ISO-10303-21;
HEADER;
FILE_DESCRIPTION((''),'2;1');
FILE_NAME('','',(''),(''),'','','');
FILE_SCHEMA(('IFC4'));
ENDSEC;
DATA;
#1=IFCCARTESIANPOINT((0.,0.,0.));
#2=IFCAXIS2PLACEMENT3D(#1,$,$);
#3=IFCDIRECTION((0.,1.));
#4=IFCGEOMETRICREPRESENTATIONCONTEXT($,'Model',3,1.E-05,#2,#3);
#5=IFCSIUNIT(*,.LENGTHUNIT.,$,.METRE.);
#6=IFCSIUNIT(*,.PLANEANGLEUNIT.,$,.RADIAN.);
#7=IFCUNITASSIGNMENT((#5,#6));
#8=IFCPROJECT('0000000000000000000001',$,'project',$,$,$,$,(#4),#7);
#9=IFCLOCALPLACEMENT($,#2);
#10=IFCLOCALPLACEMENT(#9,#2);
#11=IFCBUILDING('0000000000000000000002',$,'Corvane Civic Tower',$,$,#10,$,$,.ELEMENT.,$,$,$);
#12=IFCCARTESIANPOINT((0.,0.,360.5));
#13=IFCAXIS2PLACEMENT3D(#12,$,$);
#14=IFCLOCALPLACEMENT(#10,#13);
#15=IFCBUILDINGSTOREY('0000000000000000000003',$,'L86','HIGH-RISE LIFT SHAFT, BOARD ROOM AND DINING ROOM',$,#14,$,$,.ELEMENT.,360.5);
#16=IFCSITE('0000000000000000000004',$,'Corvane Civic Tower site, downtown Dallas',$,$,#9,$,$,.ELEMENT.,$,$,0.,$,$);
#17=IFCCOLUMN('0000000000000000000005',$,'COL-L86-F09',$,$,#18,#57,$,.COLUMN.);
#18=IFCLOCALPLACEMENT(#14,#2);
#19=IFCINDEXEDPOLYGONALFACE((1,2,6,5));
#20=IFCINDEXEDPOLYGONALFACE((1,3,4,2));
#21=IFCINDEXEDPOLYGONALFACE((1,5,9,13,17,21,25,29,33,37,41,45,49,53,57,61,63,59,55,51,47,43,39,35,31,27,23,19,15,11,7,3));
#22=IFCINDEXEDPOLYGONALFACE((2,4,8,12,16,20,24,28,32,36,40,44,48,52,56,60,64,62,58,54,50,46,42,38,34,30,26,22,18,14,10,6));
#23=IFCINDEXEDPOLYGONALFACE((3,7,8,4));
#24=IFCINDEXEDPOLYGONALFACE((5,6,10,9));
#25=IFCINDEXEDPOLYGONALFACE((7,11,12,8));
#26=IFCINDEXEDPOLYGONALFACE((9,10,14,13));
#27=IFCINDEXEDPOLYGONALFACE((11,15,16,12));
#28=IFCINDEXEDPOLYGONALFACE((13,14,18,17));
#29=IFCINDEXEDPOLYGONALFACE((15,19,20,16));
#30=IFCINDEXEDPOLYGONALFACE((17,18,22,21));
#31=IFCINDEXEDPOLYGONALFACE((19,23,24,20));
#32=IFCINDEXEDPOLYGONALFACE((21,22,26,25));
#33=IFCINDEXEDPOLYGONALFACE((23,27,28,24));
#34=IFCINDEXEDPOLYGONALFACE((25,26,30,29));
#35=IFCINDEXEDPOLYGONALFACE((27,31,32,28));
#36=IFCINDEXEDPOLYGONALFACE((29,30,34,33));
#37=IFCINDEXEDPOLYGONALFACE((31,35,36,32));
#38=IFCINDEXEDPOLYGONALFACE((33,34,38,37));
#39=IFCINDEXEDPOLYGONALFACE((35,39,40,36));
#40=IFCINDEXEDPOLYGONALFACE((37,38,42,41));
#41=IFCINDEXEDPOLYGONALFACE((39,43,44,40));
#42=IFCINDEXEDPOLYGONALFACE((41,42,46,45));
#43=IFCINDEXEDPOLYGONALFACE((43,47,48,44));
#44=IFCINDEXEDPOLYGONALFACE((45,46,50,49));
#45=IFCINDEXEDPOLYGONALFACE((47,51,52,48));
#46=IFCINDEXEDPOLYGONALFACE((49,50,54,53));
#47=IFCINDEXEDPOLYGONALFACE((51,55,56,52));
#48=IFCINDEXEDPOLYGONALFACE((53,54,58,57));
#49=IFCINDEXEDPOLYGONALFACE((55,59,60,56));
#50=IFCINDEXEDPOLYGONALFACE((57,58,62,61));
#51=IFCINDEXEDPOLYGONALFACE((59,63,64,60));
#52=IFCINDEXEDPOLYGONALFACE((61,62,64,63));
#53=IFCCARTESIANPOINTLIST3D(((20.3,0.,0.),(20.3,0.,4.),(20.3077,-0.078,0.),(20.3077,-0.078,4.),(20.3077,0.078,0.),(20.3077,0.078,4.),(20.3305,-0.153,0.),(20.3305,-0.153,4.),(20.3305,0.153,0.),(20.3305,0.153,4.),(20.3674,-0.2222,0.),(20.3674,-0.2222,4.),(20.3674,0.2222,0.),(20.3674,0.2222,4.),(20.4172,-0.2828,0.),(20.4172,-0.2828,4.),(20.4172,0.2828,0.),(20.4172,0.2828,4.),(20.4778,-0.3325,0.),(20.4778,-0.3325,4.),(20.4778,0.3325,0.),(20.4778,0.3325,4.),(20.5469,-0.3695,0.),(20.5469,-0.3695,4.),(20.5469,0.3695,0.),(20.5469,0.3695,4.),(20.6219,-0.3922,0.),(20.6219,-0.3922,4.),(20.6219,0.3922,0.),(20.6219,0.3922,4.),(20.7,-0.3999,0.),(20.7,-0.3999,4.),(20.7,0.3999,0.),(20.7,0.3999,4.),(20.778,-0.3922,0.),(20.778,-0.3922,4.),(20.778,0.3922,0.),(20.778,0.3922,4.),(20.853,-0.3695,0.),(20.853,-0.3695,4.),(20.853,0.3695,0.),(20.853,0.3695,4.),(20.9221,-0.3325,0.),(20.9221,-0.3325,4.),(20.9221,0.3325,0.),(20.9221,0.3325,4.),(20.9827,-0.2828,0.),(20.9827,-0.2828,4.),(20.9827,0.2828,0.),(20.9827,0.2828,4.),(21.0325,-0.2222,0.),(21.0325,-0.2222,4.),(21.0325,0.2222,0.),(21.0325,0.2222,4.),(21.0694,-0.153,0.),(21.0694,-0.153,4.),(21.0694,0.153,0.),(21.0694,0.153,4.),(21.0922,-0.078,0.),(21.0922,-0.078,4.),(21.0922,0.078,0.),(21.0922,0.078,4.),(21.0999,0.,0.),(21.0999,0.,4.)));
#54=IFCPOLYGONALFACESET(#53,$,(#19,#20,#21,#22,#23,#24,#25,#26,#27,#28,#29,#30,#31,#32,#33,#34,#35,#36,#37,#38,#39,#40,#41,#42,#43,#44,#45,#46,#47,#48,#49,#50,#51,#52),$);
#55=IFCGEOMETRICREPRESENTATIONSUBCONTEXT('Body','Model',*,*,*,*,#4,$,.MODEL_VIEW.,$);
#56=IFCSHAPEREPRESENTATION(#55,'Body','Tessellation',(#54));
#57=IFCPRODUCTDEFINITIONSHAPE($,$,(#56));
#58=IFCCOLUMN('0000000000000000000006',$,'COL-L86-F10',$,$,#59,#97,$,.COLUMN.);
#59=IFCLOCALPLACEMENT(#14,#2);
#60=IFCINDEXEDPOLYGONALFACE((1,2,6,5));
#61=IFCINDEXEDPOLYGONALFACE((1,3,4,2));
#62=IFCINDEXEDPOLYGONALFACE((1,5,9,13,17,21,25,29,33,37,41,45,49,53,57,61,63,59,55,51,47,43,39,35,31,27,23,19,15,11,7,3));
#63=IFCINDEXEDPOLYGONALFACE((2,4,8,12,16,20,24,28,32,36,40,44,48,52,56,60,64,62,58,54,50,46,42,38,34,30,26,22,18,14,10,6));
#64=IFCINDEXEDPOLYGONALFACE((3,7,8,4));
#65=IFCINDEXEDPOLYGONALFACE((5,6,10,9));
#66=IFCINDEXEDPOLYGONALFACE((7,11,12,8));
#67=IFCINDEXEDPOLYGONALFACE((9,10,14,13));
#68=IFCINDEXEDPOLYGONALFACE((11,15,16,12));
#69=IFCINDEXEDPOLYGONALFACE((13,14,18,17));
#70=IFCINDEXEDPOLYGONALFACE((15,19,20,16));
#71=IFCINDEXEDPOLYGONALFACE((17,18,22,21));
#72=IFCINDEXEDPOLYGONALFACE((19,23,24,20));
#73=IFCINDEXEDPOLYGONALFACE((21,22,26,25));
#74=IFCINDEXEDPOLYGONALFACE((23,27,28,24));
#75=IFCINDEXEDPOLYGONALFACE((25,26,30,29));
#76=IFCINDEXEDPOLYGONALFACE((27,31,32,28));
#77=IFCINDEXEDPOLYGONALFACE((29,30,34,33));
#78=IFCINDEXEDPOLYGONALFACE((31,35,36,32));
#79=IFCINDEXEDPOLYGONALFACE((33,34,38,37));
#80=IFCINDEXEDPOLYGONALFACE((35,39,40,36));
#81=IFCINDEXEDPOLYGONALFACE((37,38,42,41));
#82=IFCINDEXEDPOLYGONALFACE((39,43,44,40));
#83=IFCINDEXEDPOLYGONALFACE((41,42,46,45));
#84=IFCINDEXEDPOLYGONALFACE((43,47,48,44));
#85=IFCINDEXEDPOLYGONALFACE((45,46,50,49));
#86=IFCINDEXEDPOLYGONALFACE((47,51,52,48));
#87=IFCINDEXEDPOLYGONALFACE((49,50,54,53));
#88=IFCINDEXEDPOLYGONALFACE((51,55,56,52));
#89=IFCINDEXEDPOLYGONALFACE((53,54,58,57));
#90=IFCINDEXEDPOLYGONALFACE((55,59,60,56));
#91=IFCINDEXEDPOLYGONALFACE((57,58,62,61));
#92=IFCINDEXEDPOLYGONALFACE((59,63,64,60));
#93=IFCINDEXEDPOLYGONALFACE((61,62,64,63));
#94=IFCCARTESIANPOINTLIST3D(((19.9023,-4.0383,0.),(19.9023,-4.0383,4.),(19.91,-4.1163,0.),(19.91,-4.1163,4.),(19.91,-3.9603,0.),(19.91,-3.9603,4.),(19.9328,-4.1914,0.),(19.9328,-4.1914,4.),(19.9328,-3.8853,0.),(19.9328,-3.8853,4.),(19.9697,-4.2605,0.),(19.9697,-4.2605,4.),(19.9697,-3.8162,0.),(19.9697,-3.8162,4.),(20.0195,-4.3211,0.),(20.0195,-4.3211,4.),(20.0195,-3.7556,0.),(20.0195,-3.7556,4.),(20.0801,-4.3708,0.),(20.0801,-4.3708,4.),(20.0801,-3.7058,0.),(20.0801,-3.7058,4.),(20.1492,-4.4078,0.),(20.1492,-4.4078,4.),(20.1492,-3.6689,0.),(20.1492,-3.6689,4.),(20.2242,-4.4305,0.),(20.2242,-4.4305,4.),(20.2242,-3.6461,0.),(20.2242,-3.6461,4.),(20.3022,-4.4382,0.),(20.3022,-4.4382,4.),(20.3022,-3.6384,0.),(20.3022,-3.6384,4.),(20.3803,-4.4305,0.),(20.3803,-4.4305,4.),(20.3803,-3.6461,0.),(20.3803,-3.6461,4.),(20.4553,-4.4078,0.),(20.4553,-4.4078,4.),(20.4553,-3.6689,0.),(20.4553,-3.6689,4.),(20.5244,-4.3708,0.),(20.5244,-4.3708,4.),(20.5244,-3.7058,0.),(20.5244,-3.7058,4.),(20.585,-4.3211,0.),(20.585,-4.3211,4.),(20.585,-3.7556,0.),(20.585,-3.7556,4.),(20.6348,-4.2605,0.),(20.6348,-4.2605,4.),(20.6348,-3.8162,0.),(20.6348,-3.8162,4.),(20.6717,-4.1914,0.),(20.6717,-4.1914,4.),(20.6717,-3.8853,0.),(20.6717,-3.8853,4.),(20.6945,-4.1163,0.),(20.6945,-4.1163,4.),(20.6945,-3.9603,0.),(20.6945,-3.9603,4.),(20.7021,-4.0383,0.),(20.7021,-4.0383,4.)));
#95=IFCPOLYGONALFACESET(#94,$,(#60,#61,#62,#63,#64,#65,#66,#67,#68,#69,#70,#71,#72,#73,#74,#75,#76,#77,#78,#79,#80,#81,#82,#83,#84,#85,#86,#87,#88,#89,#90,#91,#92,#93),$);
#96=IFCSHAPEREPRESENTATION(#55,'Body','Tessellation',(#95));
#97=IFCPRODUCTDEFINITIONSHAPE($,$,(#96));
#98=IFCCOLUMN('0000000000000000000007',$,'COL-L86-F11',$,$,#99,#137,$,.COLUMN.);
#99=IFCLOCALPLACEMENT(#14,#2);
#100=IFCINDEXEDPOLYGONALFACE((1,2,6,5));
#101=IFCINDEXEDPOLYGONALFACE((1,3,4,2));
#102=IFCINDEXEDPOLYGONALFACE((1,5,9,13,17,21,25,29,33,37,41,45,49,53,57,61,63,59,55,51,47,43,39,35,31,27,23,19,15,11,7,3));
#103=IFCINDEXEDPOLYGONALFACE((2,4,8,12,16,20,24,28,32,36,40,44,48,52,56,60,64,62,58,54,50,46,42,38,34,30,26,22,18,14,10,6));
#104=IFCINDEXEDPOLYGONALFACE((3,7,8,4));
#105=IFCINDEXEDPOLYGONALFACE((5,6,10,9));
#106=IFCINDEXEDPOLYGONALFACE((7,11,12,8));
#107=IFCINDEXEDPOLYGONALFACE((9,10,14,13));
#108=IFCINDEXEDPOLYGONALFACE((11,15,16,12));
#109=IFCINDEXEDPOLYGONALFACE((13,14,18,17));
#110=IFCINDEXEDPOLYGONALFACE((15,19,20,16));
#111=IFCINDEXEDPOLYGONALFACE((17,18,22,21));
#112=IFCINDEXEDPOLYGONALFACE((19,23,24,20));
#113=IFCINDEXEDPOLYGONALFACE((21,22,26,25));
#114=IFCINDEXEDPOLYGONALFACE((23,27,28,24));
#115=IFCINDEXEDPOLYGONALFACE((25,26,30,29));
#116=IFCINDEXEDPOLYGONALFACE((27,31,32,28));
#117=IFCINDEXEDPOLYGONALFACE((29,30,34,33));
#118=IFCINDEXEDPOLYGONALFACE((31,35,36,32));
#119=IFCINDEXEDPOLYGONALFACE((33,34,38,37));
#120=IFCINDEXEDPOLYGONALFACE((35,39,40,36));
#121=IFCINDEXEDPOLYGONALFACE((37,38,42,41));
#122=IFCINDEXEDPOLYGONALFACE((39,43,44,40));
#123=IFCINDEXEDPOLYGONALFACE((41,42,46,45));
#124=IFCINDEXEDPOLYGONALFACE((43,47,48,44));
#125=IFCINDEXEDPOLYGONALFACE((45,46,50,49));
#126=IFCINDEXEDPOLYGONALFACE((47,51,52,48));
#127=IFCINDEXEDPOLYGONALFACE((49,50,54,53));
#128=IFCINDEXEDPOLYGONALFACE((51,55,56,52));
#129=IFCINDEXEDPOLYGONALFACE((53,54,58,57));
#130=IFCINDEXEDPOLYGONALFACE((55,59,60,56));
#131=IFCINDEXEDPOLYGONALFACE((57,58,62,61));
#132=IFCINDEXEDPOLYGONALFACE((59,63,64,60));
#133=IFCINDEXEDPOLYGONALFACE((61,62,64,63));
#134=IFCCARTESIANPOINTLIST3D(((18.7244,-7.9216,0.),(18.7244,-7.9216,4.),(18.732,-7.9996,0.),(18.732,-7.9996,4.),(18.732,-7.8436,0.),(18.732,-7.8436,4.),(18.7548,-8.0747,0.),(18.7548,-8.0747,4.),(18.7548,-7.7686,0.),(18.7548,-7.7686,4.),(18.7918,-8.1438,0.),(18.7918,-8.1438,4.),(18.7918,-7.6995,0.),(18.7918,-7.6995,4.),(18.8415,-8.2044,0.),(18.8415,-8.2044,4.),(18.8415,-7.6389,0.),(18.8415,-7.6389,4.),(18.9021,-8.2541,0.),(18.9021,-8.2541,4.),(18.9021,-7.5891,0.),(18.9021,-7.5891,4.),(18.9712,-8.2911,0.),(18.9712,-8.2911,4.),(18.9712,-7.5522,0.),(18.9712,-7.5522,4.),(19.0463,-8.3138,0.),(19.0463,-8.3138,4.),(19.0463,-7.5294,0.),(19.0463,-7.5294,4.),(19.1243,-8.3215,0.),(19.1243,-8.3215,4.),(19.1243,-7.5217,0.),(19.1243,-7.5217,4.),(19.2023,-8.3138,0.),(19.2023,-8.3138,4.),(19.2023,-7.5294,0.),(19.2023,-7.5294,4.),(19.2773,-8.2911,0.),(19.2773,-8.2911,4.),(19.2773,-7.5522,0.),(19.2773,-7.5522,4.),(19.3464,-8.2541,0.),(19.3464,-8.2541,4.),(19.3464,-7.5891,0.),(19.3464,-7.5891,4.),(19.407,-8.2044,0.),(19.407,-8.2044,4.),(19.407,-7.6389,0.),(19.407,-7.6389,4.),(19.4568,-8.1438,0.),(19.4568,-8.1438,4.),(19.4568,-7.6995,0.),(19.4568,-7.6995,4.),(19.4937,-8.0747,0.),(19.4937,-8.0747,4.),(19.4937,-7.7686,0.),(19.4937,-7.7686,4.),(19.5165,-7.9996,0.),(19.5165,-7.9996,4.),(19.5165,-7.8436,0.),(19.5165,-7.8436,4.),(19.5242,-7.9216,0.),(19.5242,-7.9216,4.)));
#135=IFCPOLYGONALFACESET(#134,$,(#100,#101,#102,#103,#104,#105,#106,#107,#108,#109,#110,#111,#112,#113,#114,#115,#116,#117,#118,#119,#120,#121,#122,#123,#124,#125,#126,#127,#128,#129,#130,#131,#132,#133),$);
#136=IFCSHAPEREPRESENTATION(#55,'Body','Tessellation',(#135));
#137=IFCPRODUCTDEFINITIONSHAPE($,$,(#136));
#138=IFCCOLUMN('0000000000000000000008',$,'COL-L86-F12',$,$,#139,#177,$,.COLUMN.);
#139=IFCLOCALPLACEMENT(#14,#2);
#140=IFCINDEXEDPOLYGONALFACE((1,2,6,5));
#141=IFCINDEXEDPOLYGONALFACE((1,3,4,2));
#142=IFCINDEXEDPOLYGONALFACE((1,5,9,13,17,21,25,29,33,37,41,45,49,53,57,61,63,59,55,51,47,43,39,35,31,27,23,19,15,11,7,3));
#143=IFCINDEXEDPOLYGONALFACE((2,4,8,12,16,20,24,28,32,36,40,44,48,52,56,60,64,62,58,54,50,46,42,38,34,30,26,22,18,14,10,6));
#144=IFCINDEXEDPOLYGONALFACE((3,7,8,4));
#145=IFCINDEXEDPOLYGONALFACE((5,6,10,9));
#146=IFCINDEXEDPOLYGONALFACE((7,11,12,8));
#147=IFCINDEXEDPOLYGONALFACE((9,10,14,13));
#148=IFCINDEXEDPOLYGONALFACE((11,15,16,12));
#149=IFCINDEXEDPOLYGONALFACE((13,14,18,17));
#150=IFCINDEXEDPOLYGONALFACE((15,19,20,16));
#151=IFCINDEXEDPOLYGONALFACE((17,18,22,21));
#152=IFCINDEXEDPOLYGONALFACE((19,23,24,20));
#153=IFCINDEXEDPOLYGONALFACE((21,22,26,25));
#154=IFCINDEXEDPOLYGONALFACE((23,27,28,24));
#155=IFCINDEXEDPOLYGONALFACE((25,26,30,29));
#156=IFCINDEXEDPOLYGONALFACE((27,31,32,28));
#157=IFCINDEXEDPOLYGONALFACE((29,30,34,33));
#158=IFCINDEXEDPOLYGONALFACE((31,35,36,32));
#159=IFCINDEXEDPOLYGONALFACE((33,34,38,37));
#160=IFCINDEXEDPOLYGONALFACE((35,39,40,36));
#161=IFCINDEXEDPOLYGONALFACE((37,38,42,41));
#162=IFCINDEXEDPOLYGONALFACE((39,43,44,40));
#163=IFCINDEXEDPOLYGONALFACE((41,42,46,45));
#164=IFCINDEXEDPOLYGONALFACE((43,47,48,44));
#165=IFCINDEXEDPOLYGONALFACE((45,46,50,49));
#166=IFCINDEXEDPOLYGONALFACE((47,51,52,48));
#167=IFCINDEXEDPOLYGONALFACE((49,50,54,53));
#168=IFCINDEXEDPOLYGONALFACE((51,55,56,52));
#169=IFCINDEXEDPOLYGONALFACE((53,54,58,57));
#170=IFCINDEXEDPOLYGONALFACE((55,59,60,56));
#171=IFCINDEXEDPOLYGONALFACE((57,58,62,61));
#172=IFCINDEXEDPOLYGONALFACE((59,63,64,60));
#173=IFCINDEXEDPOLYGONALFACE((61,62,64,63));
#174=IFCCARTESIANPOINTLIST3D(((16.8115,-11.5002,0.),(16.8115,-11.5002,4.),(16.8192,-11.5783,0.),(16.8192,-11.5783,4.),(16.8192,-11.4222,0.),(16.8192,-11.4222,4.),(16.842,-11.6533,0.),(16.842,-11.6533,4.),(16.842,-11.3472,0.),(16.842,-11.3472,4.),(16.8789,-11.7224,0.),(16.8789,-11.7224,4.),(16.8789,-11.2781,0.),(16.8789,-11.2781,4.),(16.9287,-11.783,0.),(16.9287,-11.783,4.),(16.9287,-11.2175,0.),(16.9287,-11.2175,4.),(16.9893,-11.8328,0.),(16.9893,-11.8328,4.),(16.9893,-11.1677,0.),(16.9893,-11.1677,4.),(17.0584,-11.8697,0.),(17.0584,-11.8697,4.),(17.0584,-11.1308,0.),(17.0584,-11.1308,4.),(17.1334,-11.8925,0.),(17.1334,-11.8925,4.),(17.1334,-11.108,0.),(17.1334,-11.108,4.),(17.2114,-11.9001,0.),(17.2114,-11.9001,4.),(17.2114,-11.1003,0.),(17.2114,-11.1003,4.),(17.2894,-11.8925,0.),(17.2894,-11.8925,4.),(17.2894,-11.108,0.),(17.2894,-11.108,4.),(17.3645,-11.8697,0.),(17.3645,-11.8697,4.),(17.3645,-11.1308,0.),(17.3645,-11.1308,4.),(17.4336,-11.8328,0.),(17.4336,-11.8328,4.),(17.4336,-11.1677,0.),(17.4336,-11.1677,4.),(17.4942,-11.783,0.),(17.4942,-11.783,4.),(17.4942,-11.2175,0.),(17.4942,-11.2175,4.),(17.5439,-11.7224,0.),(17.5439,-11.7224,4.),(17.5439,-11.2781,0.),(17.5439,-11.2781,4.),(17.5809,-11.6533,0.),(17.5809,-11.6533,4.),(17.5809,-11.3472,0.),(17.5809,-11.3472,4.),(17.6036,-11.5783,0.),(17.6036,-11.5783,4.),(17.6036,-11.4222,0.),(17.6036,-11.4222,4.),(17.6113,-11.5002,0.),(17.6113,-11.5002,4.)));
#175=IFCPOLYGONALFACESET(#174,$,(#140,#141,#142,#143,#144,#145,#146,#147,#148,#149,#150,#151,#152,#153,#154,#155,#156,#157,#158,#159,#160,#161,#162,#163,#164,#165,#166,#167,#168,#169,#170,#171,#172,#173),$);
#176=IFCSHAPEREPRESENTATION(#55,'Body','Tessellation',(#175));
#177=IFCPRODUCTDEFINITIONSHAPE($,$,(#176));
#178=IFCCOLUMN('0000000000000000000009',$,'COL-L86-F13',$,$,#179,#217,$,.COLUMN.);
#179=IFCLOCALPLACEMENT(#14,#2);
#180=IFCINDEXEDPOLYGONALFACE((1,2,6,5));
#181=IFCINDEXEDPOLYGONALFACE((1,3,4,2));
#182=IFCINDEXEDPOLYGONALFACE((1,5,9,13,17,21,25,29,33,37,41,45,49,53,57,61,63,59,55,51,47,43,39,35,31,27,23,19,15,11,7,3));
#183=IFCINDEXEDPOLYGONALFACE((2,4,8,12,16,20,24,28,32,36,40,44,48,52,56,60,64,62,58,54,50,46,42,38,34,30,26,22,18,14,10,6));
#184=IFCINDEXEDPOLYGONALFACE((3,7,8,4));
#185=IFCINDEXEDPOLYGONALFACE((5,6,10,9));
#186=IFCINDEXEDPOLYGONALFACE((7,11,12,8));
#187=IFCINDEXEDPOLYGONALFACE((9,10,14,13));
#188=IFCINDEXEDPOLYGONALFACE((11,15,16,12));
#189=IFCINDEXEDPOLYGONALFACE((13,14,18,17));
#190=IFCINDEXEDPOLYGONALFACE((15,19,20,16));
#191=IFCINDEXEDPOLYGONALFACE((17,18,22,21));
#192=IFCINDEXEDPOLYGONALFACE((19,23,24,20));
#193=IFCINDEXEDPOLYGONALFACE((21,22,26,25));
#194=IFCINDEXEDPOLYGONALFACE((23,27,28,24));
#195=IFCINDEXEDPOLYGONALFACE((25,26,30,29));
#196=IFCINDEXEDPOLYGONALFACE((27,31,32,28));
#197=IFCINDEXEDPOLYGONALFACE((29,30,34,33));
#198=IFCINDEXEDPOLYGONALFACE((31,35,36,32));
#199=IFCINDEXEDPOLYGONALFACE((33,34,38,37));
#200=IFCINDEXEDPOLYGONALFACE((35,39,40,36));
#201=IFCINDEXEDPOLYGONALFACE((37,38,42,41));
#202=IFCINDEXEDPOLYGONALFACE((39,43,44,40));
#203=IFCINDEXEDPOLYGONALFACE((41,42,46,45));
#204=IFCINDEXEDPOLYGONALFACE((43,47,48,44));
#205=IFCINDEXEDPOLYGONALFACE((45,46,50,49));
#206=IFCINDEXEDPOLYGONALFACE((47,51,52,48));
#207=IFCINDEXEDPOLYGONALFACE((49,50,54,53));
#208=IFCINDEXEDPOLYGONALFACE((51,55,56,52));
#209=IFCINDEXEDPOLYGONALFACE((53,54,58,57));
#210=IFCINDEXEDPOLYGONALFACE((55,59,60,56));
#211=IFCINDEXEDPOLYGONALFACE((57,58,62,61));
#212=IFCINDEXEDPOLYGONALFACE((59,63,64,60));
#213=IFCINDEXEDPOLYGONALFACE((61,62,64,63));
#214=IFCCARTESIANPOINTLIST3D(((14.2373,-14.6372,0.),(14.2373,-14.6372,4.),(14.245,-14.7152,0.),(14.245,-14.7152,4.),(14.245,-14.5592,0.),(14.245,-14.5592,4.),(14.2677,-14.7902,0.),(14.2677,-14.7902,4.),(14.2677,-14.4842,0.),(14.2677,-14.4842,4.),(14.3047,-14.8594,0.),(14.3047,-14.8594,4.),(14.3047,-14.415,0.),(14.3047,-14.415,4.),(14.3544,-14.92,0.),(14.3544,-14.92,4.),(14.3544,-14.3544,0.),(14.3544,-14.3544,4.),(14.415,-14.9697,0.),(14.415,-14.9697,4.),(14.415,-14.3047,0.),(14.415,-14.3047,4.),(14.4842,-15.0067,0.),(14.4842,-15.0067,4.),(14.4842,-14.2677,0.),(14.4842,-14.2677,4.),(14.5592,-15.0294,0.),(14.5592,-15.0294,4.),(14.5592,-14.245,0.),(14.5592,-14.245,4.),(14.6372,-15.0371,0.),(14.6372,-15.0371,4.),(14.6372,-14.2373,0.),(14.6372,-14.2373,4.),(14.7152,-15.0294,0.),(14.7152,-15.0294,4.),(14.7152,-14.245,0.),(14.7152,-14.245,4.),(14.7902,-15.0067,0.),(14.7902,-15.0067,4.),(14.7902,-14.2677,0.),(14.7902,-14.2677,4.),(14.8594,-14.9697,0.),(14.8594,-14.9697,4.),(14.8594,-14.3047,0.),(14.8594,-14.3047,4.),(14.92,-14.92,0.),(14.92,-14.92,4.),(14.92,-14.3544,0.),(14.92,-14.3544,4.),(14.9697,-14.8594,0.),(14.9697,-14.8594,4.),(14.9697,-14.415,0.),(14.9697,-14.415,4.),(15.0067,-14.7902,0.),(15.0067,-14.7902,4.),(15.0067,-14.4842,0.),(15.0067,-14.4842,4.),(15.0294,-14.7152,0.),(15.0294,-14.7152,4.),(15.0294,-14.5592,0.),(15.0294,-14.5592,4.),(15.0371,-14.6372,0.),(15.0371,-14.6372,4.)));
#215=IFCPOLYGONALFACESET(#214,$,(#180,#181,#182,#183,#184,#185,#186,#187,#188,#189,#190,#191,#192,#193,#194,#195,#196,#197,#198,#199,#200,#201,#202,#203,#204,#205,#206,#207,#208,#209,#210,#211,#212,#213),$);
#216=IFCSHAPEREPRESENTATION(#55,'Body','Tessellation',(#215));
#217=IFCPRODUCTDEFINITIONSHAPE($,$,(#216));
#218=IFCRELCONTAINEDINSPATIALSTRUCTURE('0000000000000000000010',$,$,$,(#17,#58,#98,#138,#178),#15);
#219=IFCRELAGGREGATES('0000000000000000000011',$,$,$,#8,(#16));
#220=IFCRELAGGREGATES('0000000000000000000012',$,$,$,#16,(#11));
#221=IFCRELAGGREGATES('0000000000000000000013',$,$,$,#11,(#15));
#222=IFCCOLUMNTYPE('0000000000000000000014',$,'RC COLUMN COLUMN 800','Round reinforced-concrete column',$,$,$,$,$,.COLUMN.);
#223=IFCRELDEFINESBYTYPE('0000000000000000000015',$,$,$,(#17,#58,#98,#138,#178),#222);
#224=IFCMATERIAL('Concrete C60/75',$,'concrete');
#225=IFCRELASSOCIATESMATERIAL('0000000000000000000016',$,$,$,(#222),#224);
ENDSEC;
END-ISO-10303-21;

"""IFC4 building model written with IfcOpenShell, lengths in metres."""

from ifc_helpers import new_model, si_unit, direction, frame, origin, origin_2d, place, context, subcontext, project, spatial, circle, extrude, material, material_profile, profile_set, type_object, element, save


model = new_model("IFC4")

# Units and contexts
model_context = context("Model", 3, precision=1e-05, world=origin(), true_north=direction((0.0, 1.0)))
body_context = subcontext(model_context, "Body", "Model", "MODEL_VIEW")
ifc_project = project(units=[si_unit("LENGTHUNIT", "METRE"), si_unit("PLANEANGLEUNIT", "RADIAN")], contexts=[model_context])

# Site, building, storey
site_placement = place(None, origin())
site = spatial("IfcSite", under=ifc_project, at=site_placement, Name="Corvane Civic Tower site, downtown Dallas", CompositionType="ELEMENT", RefElevation=0.0)
building_placement = place(site_placement, origin())
building = spatial("IfcBuilding", under=site, at=building_placement, Name="Corvane Civic Tower", CompositionType="ELEMENT")
storey_placement = place(building_placement, frame((0.0, 0.0, 360.5)))
storey = spatial("IfcBuildingStorey", under=building, at=storey_placement, Name="L86", Description="HIGH-RISE LIFT SHAFT, BOARD ROOM AND DINING ROOM", CompositionType="ELEMENT", Elevation=360.5)

# Columns
ifc_material_1 = material(Name="Concrete C60/75", Category="concrete")
ifc_material_profile_1 = material_profile(ifc_material_1, circle(Radius=0.3999, at=origin_2d()), Name="COLUMN 800")
ifc_profile_set_1 = profile_set([ifc_material_profile_1], Name="Concrete C60/75")
column_type = type_object("IfcColumnType", Name="RC COLUMN COLUMN 800", Description="Round reinforced-concrete column", PredefinedType="COLUMN", material=ifc_profile_set_1)
for number, where, z_axis, x_axis, name in (
    (1, (20.7, 0.0, 0.0), (0.0, 0.0, 1.0), (1.0, 0.0, 0.0), "COL-L86-F09"),
    (2, (20.3022, -4.0383, 0.0), (0.0, 0.0, 1.0), (1.0, 0.0, 0.0), "COL-L86-F10"),
    (3, (19.1243, -7.9216, 0.0), (0.0, 0.0, 1.0), (1.0, 0.0, 0.0), "COL-L86-F11"),
    (4, (17.2114, -11.5002, 0.0), (0.0, 0.0, 1.0), (1.0, 0.0, 0.0), "COL-L86-F12"),
    (5, (14.6372, -14.6372, 0.0), (0.0, 0.0, 1.0), (1.0, 0.0, 0.0), "COL-L86-F13"),
):
    element("IfcColumn", number, at=place(storey_placement, frame(where, z_axis=z_axis, x_axis=x_axis)), inside=storey, type_object=column_type, Name=name, PredefinedType="COLUMN", context=body_context, shape_type="SweptSolid", body=[
        extrude(circle(Radius=0.3999, at=origin_2d()), origin(), (0.0, 0.0, 1.0), 4.0),
    ])

save(model, "model.ifc")
